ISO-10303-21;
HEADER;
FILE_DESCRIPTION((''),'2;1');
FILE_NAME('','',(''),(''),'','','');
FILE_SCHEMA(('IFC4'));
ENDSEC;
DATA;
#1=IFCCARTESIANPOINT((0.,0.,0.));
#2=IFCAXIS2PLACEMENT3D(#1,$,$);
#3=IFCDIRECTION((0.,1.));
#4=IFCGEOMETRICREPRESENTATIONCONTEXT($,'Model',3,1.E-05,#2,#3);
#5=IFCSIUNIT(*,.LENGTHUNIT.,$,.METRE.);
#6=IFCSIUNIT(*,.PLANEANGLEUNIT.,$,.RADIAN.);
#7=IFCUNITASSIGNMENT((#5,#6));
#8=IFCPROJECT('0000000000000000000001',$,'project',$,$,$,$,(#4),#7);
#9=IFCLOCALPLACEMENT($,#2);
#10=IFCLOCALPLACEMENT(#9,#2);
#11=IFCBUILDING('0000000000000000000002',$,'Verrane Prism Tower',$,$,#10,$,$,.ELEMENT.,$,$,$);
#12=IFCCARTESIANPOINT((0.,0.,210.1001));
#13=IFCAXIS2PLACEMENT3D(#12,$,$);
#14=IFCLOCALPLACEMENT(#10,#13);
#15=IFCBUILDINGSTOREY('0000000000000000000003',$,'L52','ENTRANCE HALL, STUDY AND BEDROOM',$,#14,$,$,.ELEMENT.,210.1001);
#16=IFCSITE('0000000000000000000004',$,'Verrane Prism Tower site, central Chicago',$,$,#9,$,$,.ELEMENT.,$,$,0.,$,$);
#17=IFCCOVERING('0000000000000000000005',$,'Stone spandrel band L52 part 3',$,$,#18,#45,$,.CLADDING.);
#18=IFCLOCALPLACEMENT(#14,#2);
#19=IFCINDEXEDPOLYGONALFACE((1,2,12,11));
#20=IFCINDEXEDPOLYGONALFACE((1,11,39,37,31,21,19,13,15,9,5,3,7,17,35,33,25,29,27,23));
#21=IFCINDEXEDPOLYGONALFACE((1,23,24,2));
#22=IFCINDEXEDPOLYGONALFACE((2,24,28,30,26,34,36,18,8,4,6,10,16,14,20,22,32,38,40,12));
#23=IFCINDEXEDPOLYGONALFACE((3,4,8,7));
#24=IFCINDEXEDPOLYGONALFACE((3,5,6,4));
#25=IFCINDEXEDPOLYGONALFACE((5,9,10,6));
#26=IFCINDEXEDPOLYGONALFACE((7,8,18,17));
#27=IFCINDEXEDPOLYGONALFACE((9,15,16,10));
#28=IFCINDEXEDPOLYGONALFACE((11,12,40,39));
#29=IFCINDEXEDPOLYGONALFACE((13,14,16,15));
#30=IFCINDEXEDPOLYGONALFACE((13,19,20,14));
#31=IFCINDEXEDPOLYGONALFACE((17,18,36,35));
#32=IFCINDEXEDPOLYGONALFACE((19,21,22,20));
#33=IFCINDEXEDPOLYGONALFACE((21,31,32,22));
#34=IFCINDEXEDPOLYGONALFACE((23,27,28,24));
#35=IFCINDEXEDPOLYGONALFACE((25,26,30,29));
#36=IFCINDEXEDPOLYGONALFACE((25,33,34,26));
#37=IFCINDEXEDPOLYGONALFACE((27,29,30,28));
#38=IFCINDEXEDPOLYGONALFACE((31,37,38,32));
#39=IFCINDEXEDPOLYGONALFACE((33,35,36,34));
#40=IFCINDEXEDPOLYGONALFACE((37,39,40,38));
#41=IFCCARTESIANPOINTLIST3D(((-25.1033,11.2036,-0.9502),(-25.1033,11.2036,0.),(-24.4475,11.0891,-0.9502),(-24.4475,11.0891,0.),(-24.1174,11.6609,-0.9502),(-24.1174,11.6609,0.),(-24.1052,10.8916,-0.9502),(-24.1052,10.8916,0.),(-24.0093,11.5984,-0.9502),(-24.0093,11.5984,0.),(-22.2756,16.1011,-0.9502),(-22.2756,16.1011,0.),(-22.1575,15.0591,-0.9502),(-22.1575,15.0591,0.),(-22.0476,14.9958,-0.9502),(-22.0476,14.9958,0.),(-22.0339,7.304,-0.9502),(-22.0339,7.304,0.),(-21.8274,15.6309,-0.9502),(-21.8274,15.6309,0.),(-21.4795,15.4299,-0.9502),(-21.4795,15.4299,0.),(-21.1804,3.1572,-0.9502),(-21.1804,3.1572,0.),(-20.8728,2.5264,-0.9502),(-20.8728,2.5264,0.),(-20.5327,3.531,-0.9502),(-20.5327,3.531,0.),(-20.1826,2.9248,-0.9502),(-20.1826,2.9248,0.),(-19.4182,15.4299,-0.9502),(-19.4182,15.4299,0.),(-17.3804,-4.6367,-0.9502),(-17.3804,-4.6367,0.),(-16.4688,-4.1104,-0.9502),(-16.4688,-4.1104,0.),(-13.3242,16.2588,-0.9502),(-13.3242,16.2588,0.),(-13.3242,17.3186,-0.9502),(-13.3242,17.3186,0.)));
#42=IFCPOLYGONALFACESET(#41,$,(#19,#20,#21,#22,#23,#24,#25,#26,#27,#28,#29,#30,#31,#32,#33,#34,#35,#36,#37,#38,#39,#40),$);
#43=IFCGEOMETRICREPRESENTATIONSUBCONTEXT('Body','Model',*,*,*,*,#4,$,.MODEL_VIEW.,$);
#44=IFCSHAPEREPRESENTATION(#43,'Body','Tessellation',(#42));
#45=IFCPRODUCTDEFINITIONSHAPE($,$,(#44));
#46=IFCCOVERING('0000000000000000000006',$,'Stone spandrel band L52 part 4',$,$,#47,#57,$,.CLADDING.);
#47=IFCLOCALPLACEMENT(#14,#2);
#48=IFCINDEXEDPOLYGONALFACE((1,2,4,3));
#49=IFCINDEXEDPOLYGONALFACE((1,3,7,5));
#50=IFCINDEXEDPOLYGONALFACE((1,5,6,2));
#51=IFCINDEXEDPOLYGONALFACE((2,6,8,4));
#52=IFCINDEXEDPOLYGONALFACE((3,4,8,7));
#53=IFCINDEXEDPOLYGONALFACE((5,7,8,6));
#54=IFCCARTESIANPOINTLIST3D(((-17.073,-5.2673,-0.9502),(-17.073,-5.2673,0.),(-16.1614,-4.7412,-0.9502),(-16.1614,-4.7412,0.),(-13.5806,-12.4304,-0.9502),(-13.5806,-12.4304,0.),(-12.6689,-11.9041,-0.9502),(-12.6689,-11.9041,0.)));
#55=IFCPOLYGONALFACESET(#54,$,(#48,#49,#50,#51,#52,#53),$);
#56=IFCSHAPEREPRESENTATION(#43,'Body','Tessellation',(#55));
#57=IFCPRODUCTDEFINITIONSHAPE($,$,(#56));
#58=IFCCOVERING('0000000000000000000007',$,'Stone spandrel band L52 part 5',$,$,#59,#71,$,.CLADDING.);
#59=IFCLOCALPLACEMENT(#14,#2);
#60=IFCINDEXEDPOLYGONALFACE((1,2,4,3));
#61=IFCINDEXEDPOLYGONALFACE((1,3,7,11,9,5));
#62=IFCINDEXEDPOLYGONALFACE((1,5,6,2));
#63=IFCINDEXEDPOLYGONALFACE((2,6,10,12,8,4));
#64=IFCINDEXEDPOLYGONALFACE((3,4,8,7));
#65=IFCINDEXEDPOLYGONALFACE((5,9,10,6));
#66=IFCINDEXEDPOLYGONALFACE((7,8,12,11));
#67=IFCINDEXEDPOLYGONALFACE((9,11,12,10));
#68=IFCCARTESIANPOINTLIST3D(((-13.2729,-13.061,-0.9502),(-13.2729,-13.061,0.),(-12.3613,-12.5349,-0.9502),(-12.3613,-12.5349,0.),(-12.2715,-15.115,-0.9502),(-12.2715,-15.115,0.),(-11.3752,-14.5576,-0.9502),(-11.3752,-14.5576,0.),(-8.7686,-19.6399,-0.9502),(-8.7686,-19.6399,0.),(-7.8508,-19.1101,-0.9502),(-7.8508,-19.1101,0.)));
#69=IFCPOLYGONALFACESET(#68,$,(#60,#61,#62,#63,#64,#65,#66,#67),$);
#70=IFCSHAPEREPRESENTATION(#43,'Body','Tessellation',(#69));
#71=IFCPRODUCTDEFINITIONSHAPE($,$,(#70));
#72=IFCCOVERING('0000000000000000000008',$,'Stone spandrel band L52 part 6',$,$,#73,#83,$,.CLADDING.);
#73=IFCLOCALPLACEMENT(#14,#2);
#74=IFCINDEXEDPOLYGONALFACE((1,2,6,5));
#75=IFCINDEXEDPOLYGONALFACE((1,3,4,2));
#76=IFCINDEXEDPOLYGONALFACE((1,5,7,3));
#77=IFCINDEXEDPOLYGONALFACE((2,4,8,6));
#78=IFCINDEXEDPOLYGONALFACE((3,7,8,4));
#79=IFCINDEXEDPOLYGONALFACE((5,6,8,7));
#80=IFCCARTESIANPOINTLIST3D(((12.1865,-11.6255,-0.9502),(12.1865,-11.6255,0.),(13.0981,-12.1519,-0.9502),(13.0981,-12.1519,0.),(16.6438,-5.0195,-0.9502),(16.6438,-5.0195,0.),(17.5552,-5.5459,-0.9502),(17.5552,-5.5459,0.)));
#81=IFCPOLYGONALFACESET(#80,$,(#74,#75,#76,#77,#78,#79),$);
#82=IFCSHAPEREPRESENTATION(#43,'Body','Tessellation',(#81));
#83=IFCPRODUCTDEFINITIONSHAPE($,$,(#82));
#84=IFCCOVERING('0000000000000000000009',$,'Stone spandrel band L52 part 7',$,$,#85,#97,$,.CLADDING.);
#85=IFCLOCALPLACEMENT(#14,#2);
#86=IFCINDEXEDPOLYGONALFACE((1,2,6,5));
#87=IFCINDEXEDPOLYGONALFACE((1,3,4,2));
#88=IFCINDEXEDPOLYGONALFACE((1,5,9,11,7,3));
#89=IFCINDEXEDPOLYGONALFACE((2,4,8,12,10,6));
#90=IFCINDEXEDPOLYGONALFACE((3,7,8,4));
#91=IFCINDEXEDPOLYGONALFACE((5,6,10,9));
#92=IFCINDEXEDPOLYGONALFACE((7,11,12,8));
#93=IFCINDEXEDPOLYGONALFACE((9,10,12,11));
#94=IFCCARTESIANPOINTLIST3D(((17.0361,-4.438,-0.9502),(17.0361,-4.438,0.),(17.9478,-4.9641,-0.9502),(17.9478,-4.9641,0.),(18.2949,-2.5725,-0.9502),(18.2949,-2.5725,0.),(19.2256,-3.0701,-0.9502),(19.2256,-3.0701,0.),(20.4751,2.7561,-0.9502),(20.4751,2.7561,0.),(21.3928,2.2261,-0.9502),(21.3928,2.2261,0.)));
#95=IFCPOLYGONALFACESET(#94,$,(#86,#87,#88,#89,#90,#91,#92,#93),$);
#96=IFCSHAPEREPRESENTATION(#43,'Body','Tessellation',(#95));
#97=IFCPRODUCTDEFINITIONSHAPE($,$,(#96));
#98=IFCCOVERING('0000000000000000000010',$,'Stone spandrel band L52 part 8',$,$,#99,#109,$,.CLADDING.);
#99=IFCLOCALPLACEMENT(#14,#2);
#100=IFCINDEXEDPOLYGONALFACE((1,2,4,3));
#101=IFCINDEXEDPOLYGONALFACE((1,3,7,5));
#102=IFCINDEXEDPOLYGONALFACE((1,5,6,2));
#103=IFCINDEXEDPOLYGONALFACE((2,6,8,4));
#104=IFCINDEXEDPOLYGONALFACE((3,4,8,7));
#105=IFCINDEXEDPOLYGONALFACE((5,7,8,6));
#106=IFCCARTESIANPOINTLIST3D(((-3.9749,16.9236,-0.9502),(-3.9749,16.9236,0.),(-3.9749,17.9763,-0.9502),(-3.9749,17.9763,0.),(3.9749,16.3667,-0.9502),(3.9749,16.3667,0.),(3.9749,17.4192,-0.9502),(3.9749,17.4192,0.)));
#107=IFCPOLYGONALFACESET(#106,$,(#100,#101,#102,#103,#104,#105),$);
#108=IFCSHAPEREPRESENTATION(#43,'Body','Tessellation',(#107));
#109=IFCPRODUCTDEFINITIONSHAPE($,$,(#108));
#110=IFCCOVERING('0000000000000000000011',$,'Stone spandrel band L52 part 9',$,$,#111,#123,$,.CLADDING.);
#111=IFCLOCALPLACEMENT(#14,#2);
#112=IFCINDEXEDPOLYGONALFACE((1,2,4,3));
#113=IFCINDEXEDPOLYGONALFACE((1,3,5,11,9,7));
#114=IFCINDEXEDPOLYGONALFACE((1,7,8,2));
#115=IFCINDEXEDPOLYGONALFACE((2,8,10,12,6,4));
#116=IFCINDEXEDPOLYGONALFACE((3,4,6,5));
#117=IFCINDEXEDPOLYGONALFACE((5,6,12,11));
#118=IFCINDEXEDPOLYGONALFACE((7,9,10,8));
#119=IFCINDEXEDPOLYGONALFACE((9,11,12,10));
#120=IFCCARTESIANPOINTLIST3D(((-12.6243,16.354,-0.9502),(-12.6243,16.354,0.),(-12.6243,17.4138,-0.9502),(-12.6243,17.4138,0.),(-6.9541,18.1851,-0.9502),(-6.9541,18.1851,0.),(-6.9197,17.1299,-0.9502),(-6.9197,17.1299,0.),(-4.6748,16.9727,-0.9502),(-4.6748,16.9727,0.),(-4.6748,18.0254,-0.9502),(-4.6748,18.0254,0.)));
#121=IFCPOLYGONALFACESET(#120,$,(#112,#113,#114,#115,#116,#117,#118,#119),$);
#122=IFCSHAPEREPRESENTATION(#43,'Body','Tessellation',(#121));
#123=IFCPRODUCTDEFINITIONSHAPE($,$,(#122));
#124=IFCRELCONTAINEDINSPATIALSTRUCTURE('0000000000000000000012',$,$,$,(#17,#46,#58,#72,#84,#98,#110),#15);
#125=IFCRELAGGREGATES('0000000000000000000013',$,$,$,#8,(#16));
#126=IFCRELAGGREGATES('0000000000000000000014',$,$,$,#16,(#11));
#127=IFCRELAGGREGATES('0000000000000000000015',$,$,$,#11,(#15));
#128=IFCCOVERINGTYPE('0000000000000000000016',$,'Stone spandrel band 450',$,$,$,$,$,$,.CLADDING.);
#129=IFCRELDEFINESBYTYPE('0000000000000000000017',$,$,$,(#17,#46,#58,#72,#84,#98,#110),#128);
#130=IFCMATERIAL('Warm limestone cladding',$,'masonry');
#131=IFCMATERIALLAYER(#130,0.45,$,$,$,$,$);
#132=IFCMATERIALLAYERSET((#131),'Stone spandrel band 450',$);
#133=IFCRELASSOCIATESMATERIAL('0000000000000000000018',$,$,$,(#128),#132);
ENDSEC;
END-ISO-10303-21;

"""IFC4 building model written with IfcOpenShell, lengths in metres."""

from ifc_helpers import new_model, si_unit, direction, frame, origin, place, context, subcontext, project, spatial, polyline, outline, extrude, material, layer, layer_set, type_object, element, save


model = new_model("IFC4")

# Units and contexts
model_context = context("Model", 3, precision=1e-05, world=origin(), true_north=direction((0.0, 1.0)))
body_context = subcontext(model_context, "Body", "Model", "MODEL_VIEW")
ifc_project = project(units=[si_unit("LENGTHUNIT", "METRE"), si_unit("PLANEANGLEUNIT", "RADIAN")], contexts=[model_context])

# Site, building, storey
site_placement = place(None, origin())
site = spatial("IfcSite", under=ifc_project, at=site_placement, Name="Verrane Prism Tower site, central Chicago", CompositionType="ELEMENT", RefElevation=0.0)
building_placement = place(site_placement, origin())
building = spatial("IfcBuilding", under=site, at=building_placement, Name="Verrane Prism Tower", CompositionType="ELEMENT")
storey_placement = place(building_placement, frame((0.0, 0.0, 210.1001)))
storey = spatial("IfcBuildingStorey", under=building, at=storey_placement, Name="L52", Description="ENTRANCE HALL, STUDY AND BEDROOM", CompositionType="ELEMENT", Elevation=210.1001)

# Coverings
ifc_material_1 = material(Name="Warm limestone cladding", Category="masonry")
ifc_layer_1 = layer(ifc_material_1, 0.45)
ifc_layer_set_1 = layer_set([ifc_layer_1], Name="Stone spandrel band 450")
covering_type = type_object("IfcCoveringType", Name="Stone spandrel band 450", PredefinedType="CLADDING", material=ifc_layer_set_1)
covering_1_placement = place(storey_placement, frame((0.0, 0.0, -0.9502)))
element("IfcCovering", 1, at=covering_1_placement, inside=storey, type_object=covering_type, Name="Stone spandrel band L52 part 3", PredefinedType="CLADDING", context=body_context, shape_type="SweptSolid", body=[
    extrude(outline(polyline([(-17.3804, -4.6367), (-16.4688, -4.1104), (-22.0339, 7.304), (-24.1052, 10.8916), (-24.4475, 11.0891), (-24.1174, 11.6609), (-24.0093, 11.5984), (-22.0476, 14.9958), (-22.1575, 15.0591), (-21.8274, 15.6309), (-21.4795, 15.4299), (-19.4182, 15.4299), (-13.3242, 16.2588), (-13.3242, 17.3186), (-22.2756, 16.1011), (-25.1033, 11.2036), (-21.1804, 3.1572), (-20.5327, 3.531), (-20.1826, 2.9248), (-20.8728, 2.5264), (-17.3804, -4.6367)])), origin(), (0.0, 0.0, 1.0), 0.9502),
])
covering_2_placement = place(storey_placement, frame((0.0, 0.0, -0.9502)))
element("IfcCovering", 2, at=covering_2_placement, inside=storey, type_object=covering_type, Name="Stone spandrel band L52 part 4", PredefinedType="CLADDING", context=body_context, shape_type="SweptSolid", body=[
    extrude(outline(polyline([(-12.6689, -11.9041), (-16.1614, -4.7412), (-17.073, -5.2673), (-13.5806, -12.4304), (-12.6689, -11.9041)])), origin(), (0.0, 0.0, 1.0), 0.9502),
])
covering_3_placement = place(storey_placement, frame((0.0, 0.0, -0.9502)))
element("IfcCovering", 3, at=covering_3_placement, inside=storey, type_object=covering_type, Name="Stone spandrel band L52 part 5", PredefinedType="CLADDING", context=body_context, shape_type="SweptSolid", body=[
    extrude(outline(polyline([(-7.8508, -19.1101), (-11.3752, -14.5576), (-12.3613, -12.5349), (-13.2729, -13.061), (-12.2715, -15.115), (-8.7686, -19.6399), (-7.8508, -19.1101)])), origin(), (0.0, 0.0, 1.0), 0.9502),
])
covering_4_placement = place(storey_placement, frame((0.0, 0.0, -0.9502)))
element("IfcCovering", 4, at=covering_4_placement, inside=storey, type_object=covering_type, Name="Stone spandrel band L52 part 6", PredefinedType="CLADDING", context=body_context, shape_type="SweptSolid", body=[
    extrude(outline(polyline([(17.5552, -5.5459), (16.6438, -5.0195), (12.1865, -11.6255), (13.0981, -12.1519), (17.5552, -5.5459)])), origin(), (0.0, 0.0, 1.0), 0.9502),
])
covering_5_placement = place(storey_placement, frame((0.0, 0.0, -0.9502)))
element("IfcCovering", 5, at=covering_5_placement, inside=storey, type_object=covering_type, Name="Stone spandrel band L52 part 7", PredefinedType="CLADDING", context=body_context, shape_type="SweptSolid", body=[
    extrude(outline(polyline([(21.3928, 2.2261), (20.4751, 2.7561), (18.2949, -2.5725), (17.0361, -4.438), (17.9478, -4.9641), (19.2256, -3.0701), (21.3928, 2.2261)])), origin(), (0.0, 0.0, 1.0), 0.9502),
])
covering_6_placement = place(storey_placement, frame((0.0, 0.0, -0.9502)))
element("IfcCovering", 6, at=covering_6_placement, inside=storey, type_object=covering_type, Name="Stone spandrel band L52 part 8", PredefinedType="CLADDING", context=body_context, shape_type="SweptSolid", body=[
    extrude(outline(polyline([(-3.9749, 16.9236), (3.9749, 16.3667), (3.9749, 17.4192), (-3.9749, 17.9763), (-3.9749, 16.9236)])), origin(), (0.0, 0.0, 1.0), 0.9502),
])
covering_7_placement = place(storey_placement, frame((0.0, 0.0, -0.9502)))
element("IfcCovering", 7, at=covering_7_placement, inside=storey, type_object=covering_type, Name="Stone spandrel band L52 part 9", PredefinedType="CLADDING", context=body_context, shape_type="SweptSolid", body=[
    extrude(outline(polyline([(-12.6243, 16.354), (-6.9197, 17.1299), (-4.6748, 16.9727), (-4.6748, 18.0254), (-6.9541, 18.1851), (-12.6243, 17.4138), (-12.6243, 16.354)])), origin(), (0.0, 0.0, 1.0), 0.9502),
])

save(model, "model.ifc")
